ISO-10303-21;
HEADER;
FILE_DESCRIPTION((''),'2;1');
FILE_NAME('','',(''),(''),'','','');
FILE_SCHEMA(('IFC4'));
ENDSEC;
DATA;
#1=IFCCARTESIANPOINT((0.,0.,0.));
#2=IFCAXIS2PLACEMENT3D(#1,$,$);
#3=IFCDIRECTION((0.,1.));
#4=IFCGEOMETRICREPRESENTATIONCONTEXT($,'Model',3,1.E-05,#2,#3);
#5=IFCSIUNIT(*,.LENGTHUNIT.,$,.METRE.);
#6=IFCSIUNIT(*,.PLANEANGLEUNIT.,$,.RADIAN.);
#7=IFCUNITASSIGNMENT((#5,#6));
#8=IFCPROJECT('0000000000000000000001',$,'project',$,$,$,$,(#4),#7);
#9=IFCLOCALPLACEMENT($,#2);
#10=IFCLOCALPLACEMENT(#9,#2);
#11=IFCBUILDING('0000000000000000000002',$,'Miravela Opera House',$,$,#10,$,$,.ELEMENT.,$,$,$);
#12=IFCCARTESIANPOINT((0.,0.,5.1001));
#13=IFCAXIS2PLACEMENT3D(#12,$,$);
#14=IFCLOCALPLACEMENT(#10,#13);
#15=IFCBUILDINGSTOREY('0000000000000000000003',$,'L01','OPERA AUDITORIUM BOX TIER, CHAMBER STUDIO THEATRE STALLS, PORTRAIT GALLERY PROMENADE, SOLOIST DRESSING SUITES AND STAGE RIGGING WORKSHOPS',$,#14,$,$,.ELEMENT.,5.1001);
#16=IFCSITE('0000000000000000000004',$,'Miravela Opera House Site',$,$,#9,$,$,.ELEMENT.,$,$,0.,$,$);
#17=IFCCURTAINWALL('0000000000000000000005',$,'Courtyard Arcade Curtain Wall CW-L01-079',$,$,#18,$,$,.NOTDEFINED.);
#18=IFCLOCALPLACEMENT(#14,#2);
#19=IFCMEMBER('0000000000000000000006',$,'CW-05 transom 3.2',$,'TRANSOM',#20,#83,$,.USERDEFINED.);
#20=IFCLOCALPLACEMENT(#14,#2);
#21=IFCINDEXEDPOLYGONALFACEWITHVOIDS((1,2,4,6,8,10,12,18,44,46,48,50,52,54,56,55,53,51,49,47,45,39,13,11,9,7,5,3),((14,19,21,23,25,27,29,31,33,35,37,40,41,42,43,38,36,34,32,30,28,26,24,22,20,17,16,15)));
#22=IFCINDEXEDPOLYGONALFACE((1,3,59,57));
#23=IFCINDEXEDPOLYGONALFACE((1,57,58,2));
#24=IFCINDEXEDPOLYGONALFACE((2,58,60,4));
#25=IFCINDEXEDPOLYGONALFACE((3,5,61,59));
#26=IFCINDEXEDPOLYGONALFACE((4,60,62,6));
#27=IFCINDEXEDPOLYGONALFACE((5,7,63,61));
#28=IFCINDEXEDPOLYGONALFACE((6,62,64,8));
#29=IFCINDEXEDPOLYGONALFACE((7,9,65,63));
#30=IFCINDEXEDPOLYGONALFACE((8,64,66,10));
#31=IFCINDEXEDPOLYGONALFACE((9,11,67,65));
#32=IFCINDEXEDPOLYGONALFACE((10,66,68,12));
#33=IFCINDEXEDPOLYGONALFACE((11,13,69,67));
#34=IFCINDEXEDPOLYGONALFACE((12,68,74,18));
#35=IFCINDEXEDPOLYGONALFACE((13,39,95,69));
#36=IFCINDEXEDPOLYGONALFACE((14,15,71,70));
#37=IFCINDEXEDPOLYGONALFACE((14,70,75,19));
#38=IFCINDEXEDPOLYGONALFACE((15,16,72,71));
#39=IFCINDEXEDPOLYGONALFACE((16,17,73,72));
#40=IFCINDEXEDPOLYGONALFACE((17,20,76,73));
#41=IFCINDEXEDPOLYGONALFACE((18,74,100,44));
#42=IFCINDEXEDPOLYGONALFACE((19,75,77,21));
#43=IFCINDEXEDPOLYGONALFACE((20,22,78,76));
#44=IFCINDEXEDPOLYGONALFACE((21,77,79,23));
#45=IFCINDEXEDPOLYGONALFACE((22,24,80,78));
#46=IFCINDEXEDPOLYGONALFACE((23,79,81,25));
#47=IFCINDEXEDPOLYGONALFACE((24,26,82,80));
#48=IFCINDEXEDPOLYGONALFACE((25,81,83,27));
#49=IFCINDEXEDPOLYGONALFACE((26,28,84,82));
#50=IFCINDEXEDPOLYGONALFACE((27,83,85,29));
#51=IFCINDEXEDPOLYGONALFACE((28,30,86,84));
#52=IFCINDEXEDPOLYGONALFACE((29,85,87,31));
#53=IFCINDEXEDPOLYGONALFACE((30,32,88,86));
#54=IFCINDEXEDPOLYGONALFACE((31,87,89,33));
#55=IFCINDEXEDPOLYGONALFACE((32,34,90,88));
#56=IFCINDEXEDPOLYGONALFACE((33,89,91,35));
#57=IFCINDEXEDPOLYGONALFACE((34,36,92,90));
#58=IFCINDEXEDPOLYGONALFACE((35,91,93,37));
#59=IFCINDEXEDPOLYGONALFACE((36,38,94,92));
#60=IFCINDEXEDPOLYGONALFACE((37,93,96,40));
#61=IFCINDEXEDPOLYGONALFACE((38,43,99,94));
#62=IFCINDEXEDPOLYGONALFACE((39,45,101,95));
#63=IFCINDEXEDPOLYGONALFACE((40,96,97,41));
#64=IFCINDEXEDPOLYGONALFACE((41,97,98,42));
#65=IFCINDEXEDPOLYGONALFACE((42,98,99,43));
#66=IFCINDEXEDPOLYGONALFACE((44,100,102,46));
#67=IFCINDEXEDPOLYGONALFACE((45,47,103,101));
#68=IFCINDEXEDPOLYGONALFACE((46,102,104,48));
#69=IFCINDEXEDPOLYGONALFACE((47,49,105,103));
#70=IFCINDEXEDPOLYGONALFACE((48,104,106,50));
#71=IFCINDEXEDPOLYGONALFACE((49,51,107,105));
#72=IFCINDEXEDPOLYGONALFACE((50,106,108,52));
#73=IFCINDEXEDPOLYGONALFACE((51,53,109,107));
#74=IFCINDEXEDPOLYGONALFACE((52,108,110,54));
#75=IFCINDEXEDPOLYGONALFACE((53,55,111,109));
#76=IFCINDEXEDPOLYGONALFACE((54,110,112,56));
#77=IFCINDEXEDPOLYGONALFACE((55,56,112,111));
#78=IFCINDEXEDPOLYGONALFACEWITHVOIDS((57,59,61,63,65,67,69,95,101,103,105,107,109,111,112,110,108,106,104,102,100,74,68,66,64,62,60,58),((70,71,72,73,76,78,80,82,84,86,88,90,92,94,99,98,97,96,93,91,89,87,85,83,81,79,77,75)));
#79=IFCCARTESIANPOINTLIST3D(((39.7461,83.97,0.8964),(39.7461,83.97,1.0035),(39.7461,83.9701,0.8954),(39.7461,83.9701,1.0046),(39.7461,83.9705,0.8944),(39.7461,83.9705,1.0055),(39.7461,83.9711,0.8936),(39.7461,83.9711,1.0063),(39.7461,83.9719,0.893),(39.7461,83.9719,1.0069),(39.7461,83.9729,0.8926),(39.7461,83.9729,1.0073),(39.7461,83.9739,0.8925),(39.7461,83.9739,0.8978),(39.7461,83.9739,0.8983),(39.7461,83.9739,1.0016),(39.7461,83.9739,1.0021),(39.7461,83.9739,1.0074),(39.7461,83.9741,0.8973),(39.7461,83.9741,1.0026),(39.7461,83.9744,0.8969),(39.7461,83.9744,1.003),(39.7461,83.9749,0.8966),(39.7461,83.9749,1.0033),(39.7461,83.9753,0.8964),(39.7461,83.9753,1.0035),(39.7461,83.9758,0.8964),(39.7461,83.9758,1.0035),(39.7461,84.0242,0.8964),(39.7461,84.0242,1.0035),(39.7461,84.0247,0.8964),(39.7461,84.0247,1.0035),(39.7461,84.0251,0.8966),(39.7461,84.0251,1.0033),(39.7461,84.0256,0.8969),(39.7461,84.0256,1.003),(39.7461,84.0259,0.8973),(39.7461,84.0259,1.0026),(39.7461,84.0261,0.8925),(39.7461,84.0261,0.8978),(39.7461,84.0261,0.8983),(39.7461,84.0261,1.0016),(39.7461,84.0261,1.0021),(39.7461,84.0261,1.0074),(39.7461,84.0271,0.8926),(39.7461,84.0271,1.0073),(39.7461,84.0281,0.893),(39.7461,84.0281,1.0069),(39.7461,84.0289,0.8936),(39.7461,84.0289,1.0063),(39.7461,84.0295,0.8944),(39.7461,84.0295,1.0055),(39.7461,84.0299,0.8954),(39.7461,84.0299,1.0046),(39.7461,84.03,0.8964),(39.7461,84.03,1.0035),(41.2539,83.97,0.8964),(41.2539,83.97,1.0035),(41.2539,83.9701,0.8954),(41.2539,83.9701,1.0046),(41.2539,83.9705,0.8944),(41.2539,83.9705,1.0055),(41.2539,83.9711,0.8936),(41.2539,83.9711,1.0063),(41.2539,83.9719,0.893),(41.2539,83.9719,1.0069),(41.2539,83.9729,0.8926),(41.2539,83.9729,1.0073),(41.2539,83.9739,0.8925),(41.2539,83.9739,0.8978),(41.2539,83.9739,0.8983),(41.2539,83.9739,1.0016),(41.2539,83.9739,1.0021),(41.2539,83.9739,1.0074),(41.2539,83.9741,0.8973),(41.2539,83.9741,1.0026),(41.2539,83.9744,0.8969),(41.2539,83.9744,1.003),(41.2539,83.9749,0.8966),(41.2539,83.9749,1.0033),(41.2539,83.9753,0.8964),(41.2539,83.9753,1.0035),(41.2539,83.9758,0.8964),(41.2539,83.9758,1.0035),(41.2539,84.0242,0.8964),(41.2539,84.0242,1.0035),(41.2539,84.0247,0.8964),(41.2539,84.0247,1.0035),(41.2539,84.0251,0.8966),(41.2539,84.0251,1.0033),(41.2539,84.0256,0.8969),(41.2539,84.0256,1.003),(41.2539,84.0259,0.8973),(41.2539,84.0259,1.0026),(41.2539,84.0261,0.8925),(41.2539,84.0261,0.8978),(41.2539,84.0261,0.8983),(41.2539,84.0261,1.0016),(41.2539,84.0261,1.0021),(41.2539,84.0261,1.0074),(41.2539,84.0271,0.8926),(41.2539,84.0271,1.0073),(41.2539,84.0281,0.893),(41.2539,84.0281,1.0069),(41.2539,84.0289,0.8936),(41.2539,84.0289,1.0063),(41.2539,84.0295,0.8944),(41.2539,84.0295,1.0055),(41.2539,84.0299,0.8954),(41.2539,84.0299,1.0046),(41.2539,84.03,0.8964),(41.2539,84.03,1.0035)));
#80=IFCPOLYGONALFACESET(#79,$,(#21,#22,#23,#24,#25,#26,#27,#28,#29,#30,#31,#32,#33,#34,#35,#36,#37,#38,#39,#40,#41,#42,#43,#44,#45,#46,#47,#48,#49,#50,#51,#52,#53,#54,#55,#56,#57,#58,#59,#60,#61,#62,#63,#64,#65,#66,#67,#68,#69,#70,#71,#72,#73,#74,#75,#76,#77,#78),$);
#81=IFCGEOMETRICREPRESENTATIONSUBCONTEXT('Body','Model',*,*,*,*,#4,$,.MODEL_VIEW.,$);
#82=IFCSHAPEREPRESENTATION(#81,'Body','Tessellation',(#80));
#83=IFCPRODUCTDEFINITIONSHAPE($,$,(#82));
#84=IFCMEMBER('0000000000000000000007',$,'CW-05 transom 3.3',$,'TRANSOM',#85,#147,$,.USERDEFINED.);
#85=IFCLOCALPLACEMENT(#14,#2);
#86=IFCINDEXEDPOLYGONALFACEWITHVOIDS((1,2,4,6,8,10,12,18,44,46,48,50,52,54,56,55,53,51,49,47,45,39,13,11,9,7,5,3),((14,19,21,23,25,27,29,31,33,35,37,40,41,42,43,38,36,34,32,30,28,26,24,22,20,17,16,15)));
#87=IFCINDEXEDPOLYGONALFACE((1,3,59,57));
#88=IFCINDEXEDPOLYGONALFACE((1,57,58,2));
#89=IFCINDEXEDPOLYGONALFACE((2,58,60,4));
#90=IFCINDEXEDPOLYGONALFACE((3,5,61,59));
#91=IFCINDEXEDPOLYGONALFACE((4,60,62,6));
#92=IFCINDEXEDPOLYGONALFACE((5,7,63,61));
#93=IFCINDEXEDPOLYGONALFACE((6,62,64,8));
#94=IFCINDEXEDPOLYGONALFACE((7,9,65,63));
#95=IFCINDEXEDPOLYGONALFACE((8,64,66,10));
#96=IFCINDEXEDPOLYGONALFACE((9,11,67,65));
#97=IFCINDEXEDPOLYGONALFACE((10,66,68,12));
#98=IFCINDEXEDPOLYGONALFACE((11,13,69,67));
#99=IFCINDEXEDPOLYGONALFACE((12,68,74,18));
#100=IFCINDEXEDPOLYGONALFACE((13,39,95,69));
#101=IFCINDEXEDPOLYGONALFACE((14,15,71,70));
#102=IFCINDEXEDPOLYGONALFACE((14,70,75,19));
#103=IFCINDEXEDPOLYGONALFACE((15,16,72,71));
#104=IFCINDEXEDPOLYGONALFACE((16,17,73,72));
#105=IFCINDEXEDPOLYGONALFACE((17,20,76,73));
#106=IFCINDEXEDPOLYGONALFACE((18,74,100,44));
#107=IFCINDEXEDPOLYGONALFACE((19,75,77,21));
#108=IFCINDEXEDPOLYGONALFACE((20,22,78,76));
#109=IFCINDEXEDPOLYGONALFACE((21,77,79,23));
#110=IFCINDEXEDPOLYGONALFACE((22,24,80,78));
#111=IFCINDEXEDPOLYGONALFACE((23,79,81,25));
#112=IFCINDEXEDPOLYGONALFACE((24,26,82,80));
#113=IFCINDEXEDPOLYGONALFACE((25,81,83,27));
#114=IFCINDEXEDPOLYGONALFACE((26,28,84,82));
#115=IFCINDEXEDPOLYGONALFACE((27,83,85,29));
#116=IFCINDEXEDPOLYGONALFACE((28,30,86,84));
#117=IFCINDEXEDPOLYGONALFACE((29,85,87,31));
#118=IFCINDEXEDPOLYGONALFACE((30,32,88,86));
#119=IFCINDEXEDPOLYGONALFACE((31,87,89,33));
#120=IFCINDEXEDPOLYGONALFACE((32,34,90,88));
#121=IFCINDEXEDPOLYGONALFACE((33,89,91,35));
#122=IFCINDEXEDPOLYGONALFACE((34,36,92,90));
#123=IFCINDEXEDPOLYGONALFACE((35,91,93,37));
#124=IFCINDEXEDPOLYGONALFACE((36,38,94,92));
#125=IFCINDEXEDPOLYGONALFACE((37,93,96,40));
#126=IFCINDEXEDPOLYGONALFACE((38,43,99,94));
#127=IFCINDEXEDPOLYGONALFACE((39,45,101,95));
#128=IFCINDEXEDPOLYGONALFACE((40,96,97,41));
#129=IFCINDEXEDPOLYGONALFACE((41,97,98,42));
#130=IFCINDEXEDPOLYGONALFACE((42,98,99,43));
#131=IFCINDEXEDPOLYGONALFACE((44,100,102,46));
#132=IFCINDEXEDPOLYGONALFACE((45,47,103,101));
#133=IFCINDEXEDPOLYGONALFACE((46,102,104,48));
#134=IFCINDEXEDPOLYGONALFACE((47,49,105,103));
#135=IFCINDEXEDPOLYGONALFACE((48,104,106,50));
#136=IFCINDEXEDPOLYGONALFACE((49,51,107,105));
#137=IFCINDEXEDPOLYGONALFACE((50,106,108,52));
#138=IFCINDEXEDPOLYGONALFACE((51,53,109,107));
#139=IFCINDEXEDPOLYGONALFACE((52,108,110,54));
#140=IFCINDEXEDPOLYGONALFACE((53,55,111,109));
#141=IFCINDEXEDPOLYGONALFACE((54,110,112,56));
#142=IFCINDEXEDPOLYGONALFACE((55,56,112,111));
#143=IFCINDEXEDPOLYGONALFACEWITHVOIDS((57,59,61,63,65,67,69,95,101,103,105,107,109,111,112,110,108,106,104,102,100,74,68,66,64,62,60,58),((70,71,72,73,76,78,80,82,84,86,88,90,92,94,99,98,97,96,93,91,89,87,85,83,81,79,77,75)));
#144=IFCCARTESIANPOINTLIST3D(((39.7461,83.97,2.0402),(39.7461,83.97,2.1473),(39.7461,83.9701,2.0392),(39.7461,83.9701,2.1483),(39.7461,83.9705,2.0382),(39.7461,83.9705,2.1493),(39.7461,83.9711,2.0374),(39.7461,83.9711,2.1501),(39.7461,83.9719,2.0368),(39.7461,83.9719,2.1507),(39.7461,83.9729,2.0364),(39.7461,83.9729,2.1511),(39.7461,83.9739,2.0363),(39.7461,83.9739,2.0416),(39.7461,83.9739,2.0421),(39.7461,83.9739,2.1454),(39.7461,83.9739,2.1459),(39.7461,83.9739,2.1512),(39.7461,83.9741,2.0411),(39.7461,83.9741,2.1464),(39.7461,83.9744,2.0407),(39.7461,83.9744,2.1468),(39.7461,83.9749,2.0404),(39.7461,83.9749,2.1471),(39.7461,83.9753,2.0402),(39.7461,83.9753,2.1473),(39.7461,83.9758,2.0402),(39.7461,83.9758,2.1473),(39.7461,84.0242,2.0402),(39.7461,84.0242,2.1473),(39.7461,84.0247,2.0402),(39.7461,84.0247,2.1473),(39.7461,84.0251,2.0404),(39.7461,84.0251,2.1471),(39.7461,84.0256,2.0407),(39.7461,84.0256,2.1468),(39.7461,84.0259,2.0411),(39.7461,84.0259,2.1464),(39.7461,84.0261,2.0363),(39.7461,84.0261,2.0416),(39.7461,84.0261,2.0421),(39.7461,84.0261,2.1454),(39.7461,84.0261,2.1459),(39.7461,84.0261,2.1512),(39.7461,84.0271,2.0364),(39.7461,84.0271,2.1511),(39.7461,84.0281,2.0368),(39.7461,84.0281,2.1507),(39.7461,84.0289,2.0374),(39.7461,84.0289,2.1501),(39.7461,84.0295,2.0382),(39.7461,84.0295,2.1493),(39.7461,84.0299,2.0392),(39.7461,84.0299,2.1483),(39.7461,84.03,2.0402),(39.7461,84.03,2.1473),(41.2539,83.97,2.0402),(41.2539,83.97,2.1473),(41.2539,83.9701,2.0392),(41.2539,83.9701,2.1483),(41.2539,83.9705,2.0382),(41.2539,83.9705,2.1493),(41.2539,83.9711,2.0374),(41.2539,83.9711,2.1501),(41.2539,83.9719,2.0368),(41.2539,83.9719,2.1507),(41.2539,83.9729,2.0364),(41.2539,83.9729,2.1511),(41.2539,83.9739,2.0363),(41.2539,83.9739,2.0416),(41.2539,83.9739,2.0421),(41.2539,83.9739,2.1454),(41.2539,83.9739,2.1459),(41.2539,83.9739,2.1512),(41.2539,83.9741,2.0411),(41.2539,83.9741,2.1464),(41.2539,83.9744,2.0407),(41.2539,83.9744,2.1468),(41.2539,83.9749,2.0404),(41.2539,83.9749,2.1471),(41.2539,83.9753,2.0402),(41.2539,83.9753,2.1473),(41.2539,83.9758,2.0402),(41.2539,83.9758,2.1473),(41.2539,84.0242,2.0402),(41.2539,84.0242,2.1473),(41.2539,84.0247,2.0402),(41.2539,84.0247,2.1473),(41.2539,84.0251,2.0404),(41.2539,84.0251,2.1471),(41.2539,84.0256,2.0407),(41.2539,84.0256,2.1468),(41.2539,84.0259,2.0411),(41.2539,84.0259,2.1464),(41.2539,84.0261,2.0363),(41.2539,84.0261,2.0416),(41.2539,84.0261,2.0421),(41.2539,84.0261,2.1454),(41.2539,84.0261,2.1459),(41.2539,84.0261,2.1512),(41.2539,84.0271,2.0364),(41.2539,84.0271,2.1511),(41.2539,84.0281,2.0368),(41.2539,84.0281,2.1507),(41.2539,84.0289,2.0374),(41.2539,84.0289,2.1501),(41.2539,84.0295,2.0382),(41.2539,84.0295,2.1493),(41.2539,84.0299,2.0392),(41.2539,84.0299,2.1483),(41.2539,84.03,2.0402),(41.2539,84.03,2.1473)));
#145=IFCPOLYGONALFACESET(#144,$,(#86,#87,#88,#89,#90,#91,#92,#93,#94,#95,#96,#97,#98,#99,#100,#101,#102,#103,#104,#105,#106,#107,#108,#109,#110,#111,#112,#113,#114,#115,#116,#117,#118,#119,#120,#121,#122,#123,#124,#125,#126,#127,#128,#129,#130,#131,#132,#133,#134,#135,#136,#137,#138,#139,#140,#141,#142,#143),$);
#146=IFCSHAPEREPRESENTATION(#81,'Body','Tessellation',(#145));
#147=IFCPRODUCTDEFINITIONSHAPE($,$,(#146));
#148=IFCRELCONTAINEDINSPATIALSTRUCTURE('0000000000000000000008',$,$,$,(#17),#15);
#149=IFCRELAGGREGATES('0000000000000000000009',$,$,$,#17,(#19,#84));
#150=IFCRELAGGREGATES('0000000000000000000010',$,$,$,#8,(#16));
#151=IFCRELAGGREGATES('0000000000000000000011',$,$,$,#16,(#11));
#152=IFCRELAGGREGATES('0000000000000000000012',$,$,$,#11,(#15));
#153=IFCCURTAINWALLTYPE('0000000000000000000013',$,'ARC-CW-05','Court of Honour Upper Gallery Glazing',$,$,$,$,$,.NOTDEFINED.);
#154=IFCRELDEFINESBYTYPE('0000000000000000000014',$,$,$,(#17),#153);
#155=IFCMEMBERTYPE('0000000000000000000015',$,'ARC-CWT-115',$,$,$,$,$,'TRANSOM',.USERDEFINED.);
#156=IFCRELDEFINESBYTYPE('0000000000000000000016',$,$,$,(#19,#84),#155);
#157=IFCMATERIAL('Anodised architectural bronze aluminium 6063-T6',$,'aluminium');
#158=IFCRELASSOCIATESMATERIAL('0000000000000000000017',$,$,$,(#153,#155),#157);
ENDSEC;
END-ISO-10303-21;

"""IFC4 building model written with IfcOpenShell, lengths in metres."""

from ifc_helpers import new_model, si_unit, direction, frame, origin, origin_2d, place, context, subcontext, project, spatial, hollow_rectangle, extrude, material, material_profile, profile_set, type_object, element, aggregate, save


model = new_model("IFC4")

# Units and contexts
model_context = context("Model", 3, precision=1e-05, world=origin(), true_north=direction((0.0, 1.0)))
body_context = subcontext(model_context, "Body", "Model", "MODEL_VIEW")
ifc_project = project(units=[si_unit("LENGTHUNIT", "METRE"), si_unit("PLANEANGLEUNIT", "RADIAN")], contexts=[model_context])

# Site, building, storey
site_placement = place(None, origin())
site = spatial("IfcSite", under=ifc_project, at=site_placement, Name="Miravela Opera House Site", CompositionType="ELEMENT", RefElevation=0.0)
building_placement = place(site_placement, origin())
building = spatial("IfcBuilding", under=site, at=building_placement, Name="Miravela Opera House", CompositionType="ELEMENT")
storey_placement = place(building_placement, frame((0.0, 0.0, 5.1001)))
storey = spatial("IfcBuildingStorey", under=building, at=storey_placement, Name="L01", Description="OPERA AUDITORIUM BOX TIER, CHAMBER STUDIO THEATRE STALLS, PORTRAIT GALLERY PROMENADE, SOLOIST DRESSING SUITES AND STAGE RIGGING WORKSHOPS", CompositionType="ELEMENT", Elevation=5.1001)

# Curtain wall, members
ifc_material_1 = material(Name="Anodised architectural bronze aluminium 6063-T6", Category="aluminium")
curtain_wall_type = type_object("IfcCurtainWallType", Name="ARC-CW-05", Description="Court of Honour Upper Gallery Glazing", PredefinedType="NOTDEFINED", material=ifc_material_1)
curtain_wall_placement = place(storey_placement, origin())
curtain_wall = element("IfcCurtainWall", 1, at=curtain_wall_placement, inside=storey, type_object=curtain_wall_type, Name="Courtyard Arcade Curtain Wall CW-L01-079", PredefinedType="NOTDEFINED")
ifc_material_profile_1 = material_profile(ifc_material_1, hollow_rectangle(XDim=0.0601, YDim=0.115, WallThickness=0.0039, InnerFilletRadius=0.002, OuterFilletRadius=0.0039, at=origin_2d()), Name="CWT-60X115")
ifc_profile_set_1 = profile_set([ifc_material_profile_1])
member_type_1 = type_object("IfcMemberType", Name="ARC-CWT-115", ElementType="TRANSOM", PredefinedType="USERDEFINED", material=ifc_profile_set_1)
member_1_placement = place(storey_placement, frame((39.7461, 84.0, 0.95), z_axis=(1.0, 0.0, 0.0), x_axis=(0.0, 1.0, 0.0)))
member_1 = element("IfcMember", 2, at=member_1_placement, type_object=member_type_1, Name="CW-05 transom 3.2", ObjectType="TRANSOM", PredefinedType="USERDEFINED", context=body_context, shape_type="SweptSolid", body=[
    extrude(hollow_rectangle(XDim=0.0601, YDim=0.115, WallThickness=0.0039, InnerFilletRadius=0.002, OuterFilletRadius=0.0039, at=origin_2d()), origin(), (0.0, 0.0, 1.0), 1.5078),
])
member_2_placement = place(storey_placement, frame((39.7461, 84.0, 2.0938), z_axis=(1.0, 0.0, 0.0), x_axis=(0.0, 1.0, 0.0)))
member_2 = element("IfcMember", 3, at=member_2_placement, type_object=member_type_1, Name="CW-05 transom 3.3", ObjectType="TRANSOM", PredefinedType="USERDEFINED", context=body_context, shape_type="SweptSolid", body=[
    extrude(hollow_rectangle(XDim=0.0601, YDim=0.115, WallThickness=0.0039, InnerFilletRadius=0.002, OuterFilletRadius=0.0039, at=origin_2d()), origin(), (0.0, 0.0, 1.0), 1.5078),
])
aggregate(curtain_wall, [member_1, member_2])

save(model, "model.ifc")
